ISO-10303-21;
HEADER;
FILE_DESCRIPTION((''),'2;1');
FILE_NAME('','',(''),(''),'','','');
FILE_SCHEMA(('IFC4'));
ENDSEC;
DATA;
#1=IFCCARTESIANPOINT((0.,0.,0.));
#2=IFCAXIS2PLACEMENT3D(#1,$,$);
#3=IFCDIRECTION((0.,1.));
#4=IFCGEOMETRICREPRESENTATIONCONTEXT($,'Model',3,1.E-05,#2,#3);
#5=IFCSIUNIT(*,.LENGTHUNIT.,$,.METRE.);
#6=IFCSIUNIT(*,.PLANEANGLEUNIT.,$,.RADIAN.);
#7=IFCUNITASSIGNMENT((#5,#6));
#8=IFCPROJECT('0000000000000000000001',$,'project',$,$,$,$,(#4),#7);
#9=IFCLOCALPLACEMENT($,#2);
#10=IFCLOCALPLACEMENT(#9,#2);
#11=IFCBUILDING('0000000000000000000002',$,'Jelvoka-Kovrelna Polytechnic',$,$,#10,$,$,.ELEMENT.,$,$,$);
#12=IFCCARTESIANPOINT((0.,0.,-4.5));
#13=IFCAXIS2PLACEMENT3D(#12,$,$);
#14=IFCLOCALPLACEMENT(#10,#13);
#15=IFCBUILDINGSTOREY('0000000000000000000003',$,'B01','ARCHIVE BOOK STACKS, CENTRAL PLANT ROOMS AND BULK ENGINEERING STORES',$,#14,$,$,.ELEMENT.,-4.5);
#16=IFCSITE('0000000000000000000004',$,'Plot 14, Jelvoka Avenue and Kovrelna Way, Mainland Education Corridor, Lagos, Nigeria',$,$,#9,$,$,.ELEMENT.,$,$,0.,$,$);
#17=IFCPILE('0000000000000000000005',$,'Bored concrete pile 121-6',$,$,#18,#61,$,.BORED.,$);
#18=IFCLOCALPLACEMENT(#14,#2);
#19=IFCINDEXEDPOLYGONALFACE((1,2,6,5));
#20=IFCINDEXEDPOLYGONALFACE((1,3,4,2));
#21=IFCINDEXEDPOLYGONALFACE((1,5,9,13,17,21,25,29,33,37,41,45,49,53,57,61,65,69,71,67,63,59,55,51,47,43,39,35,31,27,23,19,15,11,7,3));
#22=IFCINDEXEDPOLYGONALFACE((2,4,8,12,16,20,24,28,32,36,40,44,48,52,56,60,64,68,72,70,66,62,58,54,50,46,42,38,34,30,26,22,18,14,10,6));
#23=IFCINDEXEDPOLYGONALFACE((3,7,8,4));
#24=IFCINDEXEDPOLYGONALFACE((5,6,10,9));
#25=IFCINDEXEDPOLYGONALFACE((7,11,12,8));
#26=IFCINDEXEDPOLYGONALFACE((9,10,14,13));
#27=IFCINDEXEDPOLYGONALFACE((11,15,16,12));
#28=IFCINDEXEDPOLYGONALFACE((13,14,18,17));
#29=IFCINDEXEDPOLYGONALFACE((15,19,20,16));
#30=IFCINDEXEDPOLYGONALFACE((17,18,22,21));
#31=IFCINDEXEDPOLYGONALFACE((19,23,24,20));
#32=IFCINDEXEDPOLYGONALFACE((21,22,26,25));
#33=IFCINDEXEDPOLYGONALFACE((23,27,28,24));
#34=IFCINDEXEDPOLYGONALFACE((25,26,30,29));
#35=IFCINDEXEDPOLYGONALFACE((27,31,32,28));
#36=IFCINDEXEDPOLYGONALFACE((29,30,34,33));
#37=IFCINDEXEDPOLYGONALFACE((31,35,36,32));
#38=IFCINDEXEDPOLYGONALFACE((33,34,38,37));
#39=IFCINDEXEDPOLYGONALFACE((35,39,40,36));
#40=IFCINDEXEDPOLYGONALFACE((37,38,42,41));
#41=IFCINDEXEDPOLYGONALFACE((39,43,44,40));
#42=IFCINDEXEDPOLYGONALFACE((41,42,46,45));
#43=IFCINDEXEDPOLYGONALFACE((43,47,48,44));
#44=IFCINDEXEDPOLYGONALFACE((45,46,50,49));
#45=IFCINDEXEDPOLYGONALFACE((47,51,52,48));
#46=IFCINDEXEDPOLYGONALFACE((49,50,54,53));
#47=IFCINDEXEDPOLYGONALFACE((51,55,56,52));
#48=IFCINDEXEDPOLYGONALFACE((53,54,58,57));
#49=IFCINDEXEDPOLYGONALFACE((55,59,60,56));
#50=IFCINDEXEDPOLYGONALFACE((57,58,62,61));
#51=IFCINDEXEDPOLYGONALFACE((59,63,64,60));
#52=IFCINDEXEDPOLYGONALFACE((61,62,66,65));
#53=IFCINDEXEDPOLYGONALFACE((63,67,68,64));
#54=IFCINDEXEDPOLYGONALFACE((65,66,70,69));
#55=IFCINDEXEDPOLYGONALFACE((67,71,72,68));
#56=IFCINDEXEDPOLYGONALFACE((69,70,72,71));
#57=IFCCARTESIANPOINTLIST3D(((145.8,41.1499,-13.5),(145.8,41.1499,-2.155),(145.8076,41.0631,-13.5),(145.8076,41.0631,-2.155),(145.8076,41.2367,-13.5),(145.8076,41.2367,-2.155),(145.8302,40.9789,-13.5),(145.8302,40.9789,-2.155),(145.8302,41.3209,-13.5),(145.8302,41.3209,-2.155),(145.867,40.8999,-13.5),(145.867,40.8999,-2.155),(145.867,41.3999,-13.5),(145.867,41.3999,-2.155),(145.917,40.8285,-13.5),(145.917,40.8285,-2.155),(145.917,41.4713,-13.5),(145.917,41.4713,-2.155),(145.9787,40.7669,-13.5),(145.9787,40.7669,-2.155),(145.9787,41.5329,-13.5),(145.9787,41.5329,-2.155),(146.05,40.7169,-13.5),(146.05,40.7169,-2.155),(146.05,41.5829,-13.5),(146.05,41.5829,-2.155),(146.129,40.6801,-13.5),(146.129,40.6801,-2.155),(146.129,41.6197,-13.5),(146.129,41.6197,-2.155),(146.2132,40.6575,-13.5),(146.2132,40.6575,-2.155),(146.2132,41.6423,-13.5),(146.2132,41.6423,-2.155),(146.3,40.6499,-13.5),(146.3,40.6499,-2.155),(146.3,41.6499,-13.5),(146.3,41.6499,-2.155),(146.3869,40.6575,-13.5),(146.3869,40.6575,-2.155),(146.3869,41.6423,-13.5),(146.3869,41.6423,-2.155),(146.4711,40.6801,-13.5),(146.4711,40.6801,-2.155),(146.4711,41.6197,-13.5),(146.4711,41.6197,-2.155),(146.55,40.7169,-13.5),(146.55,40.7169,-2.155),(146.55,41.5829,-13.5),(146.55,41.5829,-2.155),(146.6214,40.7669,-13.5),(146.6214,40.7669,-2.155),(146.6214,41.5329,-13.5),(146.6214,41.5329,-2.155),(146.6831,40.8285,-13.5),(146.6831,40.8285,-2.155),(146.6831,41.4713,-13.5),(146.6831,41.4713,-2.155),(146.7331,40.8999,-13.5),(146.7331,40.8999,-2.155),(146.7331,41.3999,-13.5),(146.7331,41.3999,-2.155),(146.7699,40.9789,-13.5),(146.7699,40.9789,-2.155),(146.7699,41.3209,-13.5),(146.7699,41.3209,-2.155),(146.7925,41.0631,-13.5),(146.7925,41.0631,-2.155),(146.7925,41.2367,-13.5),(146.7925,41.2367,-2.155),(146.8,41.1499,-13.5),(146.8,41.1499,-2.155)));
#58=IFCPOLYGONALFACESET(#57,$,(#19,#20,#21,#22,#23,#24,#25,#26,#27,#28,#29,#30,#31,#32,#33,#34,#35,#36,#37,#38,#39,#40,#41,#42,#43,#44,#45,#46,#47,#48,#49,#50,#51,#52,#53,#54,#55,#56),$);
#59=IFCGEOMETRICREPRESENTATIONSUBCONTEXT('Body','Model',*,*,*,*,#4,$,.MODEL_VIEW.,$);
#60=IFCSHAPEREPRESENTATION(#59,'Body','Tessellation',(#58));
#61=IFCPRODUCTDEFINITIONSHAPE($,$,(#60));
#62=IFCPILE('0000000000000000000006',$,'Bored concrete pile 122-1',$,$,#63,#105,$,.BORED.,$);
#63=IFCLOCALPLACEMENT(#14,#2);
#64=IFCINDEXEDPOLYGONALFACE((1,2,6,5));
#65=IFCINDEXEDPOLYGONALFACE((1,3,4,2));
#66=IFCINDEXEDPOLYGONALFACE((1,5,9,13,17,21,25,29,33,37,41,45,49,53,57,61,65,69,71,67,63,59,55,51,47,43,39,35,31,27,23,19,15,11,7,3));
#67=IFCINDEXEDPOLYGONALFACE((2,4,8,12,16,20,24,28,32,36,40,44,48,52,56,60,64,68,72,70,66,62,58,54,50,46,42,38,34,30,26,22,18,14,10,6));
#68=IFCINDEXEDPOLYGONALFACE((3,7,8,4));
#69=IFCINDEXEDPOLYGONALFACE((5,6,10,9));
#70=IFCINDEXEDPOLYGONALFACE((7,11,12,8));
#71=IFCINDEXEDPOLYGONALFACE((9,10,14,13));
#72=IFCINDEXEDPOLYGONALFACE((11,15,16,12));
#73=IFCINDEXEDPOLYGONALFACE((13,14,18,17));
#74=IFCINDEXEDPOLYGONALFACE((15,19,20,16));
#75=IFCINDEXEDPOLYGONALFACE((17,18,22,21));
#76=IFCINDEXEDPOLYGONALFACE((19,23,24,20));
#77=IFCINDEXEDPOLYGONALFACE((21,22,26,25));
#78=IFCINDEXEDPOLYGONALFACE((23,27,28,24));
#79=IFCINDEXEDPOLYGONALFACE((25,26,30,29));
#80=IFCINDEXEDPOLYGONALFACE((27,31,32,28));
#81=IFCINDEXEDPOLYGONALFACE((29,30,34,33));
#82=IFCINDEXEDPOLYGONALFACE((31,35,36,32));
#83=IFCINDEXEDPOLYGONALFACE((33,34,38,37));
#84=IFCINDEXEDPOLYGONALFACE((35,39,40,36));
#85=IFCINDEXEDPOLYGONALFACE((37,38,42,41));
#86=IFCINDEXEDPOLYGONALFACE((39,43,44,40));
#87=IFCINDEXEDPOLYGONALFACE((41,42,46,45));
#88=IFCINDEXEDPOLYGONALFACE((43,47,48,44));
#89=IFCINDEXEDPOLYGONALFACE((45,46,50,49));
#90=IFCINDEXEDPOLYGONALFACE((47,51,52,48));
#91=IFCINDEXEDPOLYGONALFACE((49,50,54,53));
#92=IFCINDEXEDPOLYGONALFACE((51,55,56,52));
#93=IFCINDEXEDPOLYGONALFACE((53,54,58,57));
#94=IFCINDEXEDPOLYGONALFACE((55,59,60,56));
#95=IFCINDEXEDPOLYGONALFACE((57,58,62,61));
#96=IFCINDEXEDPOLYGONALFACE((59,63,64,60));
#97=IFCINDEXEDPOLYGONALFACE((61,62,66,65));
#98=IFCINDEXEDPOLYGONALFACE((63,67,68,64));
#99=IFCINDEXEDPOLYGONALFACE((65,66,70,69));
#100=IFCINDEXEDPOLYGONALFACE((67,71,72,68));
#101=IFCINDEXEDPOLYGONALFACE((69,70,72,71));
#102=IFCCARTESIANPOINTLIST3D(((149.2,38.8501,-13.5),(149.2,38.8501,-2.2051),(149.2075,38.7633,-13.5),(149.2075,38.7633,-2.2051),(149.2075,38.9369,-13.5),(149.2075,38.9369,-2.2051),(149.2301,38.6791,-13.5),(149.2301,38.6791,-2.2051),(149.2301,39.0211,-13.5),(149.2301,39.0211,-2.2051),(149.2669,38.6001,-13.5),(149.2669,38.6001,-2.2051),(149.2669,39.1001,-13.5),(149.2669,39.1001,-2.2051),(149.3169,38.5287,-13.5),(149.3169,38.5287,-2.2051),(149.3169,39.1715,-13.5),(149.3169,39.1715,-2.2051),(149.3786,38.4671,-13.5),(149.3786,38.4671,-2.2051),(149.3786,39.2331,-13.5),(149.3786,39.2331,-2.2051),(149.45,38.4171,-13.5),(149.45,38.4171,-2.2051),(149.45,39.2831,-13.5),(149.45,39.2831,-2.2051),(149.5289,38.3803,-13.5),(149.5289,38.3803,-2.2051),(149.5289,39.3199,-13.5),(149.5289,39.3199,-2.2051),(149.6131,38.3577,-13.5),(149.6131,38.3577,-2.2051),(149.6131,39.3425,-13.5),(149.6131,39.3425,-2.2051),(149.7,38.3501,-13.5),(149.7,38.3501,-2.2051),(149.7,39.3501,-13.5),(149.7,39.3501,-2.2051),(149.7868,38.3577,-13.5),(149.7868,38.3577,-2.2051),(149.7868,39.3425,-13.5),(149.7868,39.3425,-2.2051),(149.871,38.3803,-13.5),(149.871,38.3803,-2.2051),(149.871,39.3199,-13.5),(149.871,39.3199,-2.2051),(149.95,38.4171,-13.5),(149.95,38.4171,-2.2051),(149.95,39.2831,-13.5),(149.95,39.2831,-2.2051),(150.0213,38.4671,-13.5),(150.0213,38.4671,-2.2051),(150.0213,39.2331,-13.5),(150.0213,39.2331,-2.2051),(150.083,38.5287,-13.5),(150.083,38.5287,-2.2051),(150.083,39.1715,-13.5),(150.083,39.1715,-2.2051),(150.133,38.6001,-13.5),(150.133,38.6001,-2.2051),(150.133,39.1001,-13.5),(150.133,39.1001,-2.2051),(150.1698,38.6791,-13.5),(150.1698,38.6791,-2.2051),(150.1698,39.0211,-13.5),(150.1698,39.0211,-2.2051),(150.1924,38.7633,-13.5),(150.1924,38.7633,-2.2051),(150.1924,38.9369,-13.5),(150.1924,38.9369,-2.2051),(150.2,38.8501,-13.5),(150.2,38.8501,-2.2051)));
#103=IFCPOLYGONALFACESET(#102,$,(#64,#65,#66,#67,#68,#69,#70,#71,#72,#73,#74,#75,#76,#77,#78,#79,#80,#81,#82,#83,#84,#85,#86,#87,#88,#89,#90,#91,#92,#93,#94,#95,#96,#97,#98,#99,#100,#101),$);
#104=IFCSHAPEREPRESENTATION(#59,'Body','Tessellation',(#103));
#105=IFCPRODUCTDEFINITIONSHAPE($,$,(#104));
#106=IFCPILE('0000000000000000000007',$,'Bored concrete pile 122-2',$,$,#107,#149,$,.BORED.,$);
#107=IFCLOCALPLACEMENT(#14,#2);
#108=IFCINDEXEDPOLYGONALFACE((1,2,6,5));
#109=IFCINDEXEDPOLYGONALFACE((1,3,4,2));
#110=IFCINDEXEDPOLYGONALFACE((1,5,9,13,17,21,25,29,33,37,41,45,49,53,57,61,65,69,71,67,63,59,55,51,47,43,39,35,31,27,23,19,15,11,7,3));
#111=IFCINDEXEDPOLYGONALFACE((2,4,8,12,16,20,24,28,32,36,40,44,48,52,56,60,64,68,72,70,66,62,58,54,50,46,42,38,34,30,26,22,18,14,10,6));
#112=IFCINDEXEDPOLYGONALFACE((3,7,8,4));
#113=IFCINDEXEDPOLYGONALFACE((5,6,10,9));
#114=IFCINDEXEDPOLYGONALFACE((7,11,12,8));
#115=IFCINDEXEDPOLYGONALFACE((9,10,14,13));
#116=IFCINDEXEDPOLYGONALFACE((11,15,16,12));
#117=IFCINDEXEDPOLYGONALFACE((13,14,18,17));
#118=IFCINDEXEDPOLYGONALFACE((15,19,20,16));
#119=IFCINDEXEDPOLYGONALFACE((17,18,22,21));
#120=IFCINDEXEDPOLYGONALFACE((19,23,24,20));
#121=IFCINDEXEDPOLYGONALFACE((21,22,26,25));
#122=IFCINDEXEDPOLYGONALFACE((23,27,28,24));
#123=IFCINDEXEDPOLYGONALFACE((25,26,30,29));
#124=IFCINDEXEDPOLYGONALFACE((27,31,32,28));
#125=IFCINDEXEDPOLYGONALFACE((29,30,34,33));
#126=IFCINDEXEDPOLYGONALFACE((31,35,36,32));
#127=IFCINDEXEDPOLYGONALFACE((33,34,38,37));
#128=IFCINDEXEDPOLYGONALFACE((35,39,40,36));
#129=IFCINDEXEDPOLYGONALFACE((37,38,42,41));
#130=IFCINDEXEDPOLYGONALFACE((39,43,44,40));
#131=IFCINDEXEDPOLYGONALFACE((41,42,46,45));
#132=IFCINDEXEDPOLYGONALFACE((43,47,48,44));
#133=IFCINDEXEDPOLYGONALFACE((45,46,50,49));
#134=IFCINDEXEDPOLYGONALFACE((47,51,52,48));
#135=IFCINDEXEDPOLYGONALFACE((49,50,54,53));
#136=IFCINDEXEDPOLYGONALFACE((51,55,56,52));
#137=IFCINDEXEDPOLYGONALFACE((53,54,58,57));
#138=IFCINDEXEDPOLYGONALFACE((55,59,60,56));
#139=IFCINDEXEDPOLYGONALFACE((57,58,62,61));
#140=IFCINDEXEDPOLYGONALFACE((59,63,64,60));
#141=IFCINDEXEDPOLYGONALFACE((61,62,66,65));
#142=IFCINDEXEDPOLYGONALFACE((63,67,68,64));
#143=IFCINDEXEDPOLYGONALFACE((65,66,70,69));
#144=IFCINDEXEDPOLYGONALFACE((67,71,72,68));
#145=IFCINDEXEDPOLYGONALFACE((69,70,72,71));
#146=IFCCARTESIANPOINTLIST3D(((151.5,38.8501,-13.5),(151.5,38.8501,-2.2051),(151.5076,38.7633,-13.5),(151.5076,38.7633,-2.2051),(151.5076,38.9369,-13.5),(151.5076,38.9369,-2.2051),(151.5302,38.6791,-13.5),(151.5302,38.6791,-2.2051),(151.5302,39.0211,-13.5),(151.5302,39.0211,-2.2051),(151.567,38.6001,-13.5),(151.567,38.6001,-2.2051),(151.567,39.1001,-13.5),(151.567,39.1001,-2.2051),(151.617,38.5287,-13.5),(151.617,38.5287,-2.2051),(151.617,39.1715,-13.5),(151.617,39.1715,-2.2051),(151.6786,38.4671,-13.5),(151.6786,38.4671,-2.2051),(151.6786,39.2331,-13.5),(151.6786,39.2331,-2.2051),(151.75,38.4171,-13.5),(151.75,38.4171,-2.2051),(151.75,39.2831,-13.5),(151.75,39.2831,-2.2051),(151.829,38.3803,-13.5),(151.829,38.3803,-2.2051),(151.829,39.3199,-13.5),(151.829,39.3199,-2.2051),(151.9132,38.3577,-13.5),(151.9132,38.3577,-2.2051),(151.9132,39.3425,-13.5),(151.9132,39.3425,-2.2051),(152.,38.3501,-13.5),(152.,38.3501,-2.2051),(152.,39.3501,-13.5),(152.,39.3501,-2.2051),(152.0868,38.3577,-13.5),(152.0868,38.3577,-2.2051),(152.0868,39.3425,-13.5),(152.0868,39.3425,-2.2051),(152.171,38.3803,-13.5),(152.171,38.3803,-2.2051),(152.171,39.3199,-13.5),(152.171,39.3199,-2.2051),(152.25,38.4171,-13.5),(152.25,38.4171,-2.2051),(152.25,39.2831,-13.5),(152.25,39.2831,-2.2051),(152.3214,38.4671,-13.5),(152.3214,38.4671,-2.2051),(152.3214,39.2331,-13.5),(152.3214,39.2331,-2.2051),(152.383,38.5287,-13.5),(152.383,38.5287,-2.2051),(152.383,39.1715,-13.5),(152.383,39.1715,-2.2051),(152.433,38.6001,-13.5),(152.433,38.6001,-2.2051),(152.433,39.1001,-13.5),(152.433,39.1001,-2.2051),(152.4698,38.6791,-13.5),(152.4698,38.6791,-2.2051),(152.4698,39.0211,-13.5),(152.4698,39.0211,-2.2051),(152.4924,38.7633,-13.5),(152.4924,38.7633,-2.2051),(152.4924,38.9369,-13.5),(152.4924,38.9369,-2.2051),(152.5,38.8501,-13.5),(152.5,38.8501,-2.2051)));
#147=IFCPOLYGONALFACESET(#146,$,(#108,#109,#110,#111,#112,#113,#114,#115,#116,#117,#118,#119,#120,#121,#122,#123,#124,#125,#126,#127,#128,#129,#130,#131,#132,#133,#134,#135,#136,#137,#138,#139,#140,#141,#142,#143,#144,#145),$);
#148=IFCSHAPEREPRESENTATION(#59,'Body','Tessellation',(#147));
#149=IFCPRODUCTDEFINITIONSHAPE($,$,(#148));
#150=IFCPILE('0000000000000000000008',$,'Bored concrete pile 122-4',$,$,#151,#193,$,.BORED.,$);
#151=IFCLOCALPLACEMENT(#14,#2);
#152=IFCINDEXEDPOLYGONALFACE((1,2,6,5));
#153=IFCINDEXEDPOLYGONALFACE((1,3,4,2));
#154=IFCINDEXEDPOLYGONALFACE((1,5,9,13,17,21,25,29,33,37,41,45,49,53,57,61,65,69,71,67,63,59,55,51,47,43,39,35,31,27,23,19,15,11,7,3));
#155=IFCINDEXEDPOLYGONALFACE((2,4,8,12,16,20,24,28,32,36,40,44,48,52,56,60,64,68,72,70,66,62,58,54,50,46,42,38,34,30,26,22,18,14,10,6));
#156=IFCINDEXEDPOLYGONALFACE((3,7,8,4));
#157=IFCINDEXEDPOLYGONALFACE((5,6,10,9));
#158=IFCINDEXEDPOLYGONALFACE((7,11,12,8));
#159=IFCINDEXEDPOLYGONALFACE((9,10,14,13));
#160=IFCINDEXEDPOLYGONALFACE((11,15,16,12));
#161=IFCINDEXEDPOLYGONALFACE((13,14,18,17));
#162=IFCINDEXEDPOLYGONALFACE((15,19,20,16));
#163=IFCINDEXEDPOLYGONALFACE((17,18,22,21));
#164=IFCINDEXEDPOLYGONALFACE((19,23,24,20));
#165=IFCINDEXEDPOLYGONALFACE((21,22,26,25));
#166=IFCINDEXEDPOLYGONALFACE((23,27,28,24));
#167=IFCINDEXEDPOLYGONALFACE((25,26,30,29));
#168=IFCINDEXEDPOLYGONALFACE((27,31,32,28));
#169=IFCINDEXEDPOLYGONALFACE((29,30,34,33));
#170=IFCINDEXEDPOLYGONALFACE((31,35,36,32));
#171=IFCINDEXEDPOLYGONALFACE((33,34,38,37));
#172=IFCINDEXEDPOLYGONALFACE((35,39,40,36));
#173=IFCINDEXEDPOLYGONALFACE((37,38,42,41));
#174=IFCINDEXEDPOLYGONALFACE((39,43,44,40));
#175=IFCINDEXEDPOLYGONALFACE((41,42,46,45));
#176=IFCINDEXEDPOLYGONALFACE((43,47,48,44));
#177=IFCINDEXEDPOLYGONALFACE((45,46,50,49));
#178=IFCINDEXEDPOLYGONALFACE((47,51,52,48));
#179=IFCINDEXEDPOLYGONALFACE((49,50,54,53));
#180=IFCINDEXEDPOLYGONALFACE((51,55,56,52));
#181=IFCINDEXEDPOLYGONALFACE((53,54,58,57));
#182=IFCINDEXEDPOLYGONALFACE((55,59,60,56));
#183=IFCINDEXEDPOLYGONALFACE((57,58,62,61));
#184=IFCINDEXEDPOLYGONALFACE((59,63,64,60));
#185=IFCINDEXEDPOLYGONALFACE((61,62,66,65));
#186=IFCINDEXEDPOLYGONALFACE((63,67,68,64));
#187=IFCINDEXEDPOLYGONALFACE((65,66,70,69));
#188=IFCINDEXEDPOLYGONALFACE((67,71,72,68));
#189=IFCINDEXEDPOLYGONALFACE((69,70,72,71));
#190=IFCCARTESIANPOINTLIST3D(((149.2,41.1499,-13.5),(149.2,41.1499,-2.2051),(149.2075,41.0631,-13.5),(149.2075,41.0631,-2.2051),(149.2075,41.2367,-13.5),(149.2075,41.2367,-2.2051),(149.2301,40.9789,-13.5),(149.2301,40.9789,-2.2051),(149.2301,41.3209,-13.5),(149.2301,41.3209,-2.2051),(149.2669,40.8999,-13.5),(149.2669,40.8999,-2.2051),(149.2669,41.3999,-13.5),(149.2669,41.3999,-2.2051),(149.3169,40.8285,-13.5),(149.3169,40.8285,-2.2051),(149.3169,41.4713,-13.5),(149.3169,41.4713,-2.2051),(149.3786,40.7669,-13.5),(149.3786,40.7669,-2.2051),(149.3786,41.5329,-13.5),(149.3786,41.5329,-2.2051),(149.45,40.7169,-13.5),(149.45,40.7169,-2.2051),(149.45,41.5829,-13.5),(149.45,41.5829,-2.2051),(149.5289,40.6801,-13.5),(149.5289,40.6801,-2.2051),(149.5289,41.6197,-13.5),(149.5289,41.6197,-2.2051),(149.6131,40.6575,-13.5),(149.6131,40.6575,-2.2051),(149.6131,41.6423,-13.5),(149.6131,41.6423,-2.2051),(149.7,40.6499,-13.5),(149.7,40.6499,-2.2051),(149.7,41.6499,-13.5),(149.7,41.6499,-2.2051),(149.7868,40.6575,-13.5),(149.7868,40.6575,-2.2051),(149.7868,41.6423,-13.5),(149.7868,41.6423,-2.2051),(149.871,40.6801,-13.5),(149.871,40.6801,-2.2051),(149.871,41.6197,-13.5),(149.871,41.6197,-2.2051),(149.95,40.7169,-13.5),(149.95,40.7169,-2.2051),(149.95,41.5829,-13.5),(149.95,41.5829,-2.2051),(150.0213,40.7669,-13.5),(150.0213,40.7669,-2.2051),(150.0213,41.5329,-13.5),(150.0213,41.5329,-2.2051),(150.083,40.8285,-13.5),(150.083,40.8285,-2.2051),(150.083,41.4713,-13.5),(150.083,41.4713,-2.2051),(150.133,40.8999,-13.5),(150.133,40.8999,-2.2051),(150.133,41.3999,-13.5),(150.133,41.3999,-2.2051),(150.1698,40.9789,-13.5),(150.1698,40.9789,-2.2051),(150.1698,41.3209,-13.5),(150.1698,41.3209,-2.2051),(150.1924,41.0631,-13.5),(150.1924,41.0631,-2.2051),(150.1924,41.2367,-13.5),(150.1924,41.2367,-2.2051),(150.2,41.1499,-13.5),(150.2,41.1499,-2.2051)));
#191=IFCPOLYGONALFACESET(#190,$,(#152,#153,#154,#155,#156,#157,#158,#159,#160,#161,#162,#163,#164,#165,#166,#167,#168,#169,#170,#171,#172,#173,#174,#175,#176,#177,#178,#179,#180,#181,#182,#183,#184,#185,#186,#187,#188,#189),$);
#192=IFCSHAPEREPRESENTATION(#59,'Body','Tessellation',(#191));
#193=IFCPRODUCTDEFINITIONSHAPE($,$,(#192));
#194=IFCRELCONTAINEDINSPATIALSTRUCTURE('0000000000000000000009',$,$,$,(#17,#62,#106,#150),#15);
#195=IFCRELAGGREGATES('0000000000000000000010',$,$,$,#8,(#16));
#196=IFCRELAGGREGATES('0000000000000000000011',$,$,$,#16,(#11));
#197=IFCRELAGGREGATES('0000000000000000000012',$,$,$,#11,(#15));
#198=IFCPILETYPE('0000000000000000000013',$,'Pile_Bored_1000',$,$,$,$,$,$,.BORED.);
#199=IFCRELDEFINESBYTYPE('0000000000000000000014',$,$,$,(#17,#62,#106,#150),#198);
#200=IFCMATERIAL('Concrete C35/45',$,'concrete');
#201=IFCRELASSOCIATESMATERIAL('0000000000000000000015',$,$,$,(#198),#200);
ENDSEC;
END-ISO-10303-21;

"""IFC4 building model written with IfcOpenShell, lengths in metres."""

from ifc_helpers import new_model, si_unit, direction, frame, origin, origin_2d, place, context, subcontext, project, spatial, circle, extrude, material, material_profile, profile_set, type_object, element, save


model = new_model("IFC4")

# Units and contexts
model_context = context("Model", 3, precision=1e-05, world=origin(), true_north=direction((0.0, 1.0)))
body_context = subcontext(model_context, "Body", "Model", "MODEL_VIEW")
ifc_project = project(units=[si_unit("LENGTHUNIT", "METRE"), si_unit("PLANEANGLEUNIT", "RADIAN")], contexts=[model_context])

# Site, building, storey
site_placement = place(None, origin())
site = spatial("IfcSite", under=ifc_project, at=site_placement, Name="Plot 14, Jelvoka Avenue and Kovrelna Way, Mainland Education Corridor, Lagos, Nigeria", CompositionType="ELEMENT", RefElevation=0.0)
building_placement = place(site_placement, origin())
building = spatial("IfcBuilding", under=site, at=building_placement, Name="Jelvoka-Kovrelna Polytechnic", CompositionType="ELEMENT")
storey_placement = place(building_placement, frame((0.0, 0.0, -4.5)))
storey = spatial("IfcBuildingStorey", under=building, at=storey_placement, Name="B01", Description="ARCHIVE BOOK STACKS, CENTRAL PLANT ROOMS AND BULK ENGINEERING STORES", CompositionType="ELEMENT", Elevation=-4.5)

# Piles
ifc_material_1 = material(Name="Concrete C35/45", Category="concrete")
ifc_material_profile_1 = material_profile(ifc_material_1, circle(Radius=0.5, at=origin_2d()), Name="PILE D1000")
ifc_profile_set_1 = profile_set([ifc_material_profile_1], Name="Concrete C35/45")
pile_type = type_object("IfcPileType", Name="Pile_Bored_1000", PredefinedType="BORED", material=ifc_profile_set_1)
for number, where, z_axis, x_axis, name in (
    (1, (146.3, 41.1499, -2.155), (0.0, 0.0, -1.0), (1.0, 0.0, 0.0), "Bored concrete pile 121-6"),
):
    element("IfcPile", number, at=place(storey_placement, frame(where, z_axis=z_axis, x_axis=x_axis)), inside=storey, type_object=pile_type, Name=name, PredefinedType="BORED", context=body_context, shape_type="SweptSolid", body=[
        extrude(circle(Radius=0.5, at=origin_2d()), origin(), (0.0, 0.0, 1.0), 11.345),
    ])
for number, where, z_axis, x_axis, name in (
    (2, (149.7, 38.8501, -2.2051), (0.0, 0.0, -1.0), (1.0, 0.0, 0.0), "Bored concrete pile 122-1"),
    (3, (152.0, 38.8501, -2.2051), (0.0, 0.0, -1.0), (1.0, 0.0, 0.0), "Bored concrete pile 122-2"),
    (4, (149.7, 41.1499, -2.2051), (0.0, 0.0, -1.0), (1.0, 0.0, 0.0), "Bored concrete pile 122-4"),
):
    element("IfcPile", number, at=place(storey_placement, frame(where, z_axis=z_axis, x_axis=x_axis)), inside=storey, type_object=pile_type, Name=name, PredefinedType="BORED", context=body_context, shape_type="SweptSolid", body=[
        extrude(circle(Radius=0.5, at=origin_2d()), origin(), (0.0, 0.0, 1.0), 11.2949),
    ])

save(model, "model.ifc")
